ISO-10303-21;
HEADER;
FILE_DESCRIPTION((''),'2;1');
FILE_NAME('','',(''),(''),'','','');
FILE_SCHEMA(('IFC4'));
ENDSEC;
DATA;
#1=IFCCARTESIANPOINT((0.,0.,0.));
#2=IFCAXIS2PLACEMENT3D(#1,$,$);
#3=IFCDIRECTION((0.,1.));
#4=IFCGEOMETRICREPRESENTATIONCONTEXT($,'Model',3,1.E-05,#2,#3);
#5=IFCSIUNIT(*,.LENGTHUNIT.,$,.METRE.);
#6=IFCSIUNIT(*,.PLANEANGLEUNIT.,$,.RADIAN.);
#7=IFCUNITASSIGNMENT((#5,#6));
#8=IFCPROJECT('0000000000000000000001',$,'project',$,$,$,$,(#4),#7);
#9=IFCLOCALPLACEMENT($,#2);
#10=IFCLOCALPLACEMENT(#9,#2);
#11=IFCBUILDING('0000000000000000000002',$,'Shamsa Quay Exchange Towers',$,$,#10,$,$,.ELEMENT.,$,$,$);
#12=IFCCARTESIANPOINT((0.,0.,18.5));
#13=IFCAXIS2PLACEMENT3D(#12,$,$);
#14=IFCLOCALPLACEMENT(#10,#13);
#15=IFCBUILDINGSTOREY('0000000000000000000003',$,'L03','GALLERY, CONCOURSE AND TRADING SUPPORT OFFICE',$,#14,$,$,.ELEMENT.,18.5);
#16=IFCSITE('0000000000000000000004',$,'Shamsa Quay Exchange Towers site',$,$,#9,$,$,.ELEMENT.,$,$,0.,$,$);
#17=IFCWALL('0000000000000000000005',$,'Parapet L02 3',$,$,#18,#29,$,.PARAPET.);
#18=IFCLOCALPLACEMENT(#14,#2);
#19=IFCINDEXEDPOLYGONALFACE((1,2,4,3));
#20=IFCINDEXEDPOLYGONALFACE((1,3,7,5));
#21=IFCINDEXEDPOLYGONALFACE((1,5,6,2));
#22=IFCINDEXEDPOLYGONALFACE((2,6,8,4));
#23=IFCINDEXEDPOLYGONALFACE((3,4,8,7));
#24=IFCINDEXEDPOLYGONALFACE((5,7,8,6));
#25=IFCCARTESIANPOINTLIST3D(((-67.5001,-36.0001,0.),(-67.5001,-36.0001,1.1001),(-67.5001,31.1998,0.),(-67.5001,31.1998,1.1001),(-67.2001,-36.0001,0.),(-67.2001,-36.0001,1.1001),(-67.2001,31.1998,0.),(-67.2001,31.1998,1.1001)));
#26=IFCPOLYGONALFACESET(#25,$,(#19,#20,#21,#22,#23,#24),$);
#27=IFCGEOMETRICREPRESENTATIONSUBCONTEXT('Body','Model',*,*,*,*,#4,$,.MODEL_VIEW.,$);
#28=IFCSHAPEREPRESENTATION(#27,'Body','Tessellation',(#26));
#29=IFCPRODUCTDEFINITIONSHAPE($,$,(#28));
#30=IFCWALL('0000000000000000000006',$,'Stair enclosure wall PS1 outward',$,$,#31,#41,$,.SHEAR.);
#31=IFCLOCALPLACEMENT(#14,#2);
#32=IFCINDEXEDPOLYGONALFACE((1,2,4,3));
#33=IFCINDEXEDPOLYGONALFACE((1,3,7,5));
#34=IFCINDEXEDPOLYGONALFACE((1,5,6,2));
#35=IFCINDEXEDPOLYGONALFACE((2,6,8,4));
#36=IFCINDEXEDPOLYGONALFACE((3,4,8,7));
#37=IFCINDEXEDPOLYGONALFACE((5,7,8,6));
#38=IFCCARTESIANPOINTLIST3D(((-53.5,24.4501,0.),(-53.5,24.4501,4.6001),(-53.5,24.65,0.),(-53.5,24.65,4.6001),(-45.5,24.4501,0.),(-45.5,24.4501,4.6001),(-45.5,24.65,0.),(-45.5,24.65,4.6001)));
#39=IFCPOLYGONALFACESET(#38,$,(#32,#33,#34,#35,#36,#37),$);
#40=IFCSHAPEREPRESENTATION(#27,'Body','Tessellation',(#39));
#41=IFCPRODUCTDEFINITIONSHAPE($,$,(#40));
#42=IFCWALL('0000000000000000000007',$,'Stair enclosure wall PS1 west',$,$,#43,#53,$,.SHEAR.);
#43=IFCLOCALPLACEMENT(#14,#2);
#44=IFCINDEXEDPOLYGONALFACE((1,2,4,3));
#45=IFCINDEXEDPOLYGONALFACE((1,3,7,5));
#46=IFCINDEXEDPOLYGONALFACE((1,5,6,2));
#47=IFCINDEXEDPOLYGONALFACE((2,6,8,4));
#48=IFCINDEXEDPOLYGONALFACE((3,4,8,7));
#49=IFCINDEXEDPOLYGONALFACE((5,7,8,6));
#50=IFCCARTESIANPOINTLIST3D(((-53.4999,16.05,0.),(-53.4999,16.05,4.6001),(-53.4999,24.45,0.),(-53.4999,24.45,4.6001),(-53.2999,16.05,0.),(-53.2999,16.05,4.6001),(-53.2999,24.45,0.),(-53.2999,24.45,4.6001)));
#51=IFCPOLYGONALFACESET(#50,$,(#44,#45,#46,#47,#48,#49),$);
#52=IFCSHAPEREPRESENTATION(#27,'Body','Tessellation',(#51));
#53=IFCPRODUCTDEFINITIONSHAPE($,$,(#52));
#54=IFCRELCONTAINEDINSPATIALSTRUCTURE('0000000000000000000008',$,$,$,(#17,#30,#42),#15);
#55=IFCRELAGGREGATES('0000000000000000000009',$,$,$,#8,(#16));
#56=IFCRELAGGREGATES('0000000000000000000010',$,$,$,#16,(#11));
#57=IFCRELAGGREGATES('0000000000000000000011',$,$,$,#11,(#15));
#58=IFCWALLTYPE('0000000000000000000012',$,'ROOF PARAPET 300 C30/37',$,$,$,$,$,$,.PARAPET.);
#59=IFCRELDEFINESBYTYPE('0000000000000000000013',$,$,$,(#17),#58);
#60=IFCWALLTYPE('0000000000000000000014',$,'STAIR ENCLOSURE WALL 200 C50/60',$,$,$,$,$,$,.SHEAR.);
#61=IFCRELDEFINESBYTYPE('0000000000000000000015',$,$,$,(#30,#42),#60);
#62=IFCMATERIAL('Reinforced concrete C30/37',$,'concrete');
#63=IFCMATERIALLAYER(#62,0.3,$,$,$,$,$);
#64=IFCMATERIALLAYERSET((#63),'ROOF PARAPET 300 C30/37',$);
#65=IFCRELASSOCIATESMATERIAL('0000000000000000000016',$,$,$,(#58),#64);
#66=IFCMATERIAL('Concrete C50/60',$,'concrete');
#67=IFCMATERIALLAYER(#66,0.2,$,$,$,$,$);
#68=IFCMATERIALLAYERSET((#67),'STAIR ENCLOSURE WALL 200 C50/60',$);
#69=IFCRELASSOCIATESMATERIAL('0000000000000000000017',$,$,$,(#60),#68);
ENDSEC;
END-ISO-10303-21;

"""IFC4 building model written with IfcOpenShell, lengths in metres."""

from ifc_helpers import new_model, si_unit, direction, frame, frame_2d, origin, place, context, subcontext, project, spatial, rectangle, extrude, material, layer, layer_set, type_object, element, save


model = new_model("IFC4")

# Units and contexts
model_context = context("Model", 3, precision=1e-05, world=origin(), true_north=direction((0.0, 1.0)))
body_context = subcontext(model_context, "Body", "Model", "MODEL_VIEW")
ifc_project = project(units=[si_unit("LENGTHUNIT", "METRE"), si_unit("PLANEANGLEUNIT", "RADIAN")], contexts=[model_context])

# Site, building, storey
site_placement = place(None, origin())
site = spatial("IfcSite", under=ifc_project, at=site_placement, Name="Shamsa Quay Exchange Towers site", CompositionType="ELEMENT", RefElevation=0.0)
building_placement = place(site_placement, origin())
building = spatial("IfcBuilding", under=site, at=building_placement, Name="Shamsa Quay Exchange Towers", CompositionType="ELEMENT")
storey_placement = place(building_placement, frame((0.0, 0.0, 18.5)))
storey = spatial("IfcBuildingStorey", under=building, at=storey_placement, Name="L03", Description="GALLERY, CONCOURSE AND TRADING SUPPORT OFFICE", CompositionType="ELEMENT", Elevation=18.5)

# Wall
ifc_material_1 = material(Name="Reinforced concrete C30/37", Category="concrete")
ifc_layer_1 = layer(ifc_material_1, 0.3)
ifc_layer_set_1 = layer_set([ifc_layer_1], Name="ROOF PARAPET 300 C30/37")
wall_type_1 = type_object("IfcWallType", Name="ROOF PARAPET 300 C30/37", PredefinedType="PARAPET", material=ifc_layer_set_1)
wall_1_placement = place(storey_placement, frame((-67.3501, 31.2, 0.0), z_axis=(0.0, 0.0, 1.0), x_axis=(0.0, -1.0, 0.0)))
element("IfcWall", 1, at=wall_1_placement, inside=storey, type_object=wall_type_1, Name="Parapet L02 3", PredefinedType="PARAPET", context=body_context, shape_type="SweptSolid", body=[
    extrude(rectangle(XDim=67.2, YDim=0.3, at=frame_2d((33.6001, 0.0))), origin(), (0.0, 0.0, 1.0), 1.1001),
])

# Shared definitions
ifc_material_2 = material(Name="Concrete C50/60", Category="concrete")
ifc_layer_2 = layer(ifc_material_2, 0.2)
ifc_layer_set_2 = layer_set([ifc_layer_2], Name="STAIR ENCLOSURE WALL 200 C50/60")
wall_type_2 = type_object("IfcWallType", Name="STAIR ENCLOSURE WALL 200 C50/60", PredefinedType="SHEAR", material=ifc_layer_set_2)

# Walls
wall_2_placement = place(storey_placement, frame((-53.5, 24.55, 0.0)))
element("IfcWall", 2, at=wall_2_placement, inside=storey, type_object=wall_type_2, Name="Stair enclosure wall PS1 outward", PredefinedType="SHEAR", context=body_context, shape_type="SweptSolid", body=[
    extrude(rectangle(XDim=8.0, YDim=0.2, at=frame_2d((4.0, 0.0))), origin(), (0.0, 0.0, 1.0), 4.6001),
])
wall_3_placement = place(storey_placement, frame((-53.3999, 16.05, 0.0), z_axis=(0.0, 0.0, 1.0), x_axis=(0.0, 1.0, 0.0)))
element("IfcWall", 3, at=wall_3_placement, inside=storey, type_object=wall_type_2, Name="Stair enclosure wall PS1 west", PredefinedType="SHEAR", context=body_context, shape_type="SweptSolid", body=[
    extrude(rectangle(XDim=8.3999, YDim=0.2, at=frame_2d((4.2, 0.0))), origin(), (0.0, 0.0, 1.0), 4.6001),
])

save(model, "model.ifc")
